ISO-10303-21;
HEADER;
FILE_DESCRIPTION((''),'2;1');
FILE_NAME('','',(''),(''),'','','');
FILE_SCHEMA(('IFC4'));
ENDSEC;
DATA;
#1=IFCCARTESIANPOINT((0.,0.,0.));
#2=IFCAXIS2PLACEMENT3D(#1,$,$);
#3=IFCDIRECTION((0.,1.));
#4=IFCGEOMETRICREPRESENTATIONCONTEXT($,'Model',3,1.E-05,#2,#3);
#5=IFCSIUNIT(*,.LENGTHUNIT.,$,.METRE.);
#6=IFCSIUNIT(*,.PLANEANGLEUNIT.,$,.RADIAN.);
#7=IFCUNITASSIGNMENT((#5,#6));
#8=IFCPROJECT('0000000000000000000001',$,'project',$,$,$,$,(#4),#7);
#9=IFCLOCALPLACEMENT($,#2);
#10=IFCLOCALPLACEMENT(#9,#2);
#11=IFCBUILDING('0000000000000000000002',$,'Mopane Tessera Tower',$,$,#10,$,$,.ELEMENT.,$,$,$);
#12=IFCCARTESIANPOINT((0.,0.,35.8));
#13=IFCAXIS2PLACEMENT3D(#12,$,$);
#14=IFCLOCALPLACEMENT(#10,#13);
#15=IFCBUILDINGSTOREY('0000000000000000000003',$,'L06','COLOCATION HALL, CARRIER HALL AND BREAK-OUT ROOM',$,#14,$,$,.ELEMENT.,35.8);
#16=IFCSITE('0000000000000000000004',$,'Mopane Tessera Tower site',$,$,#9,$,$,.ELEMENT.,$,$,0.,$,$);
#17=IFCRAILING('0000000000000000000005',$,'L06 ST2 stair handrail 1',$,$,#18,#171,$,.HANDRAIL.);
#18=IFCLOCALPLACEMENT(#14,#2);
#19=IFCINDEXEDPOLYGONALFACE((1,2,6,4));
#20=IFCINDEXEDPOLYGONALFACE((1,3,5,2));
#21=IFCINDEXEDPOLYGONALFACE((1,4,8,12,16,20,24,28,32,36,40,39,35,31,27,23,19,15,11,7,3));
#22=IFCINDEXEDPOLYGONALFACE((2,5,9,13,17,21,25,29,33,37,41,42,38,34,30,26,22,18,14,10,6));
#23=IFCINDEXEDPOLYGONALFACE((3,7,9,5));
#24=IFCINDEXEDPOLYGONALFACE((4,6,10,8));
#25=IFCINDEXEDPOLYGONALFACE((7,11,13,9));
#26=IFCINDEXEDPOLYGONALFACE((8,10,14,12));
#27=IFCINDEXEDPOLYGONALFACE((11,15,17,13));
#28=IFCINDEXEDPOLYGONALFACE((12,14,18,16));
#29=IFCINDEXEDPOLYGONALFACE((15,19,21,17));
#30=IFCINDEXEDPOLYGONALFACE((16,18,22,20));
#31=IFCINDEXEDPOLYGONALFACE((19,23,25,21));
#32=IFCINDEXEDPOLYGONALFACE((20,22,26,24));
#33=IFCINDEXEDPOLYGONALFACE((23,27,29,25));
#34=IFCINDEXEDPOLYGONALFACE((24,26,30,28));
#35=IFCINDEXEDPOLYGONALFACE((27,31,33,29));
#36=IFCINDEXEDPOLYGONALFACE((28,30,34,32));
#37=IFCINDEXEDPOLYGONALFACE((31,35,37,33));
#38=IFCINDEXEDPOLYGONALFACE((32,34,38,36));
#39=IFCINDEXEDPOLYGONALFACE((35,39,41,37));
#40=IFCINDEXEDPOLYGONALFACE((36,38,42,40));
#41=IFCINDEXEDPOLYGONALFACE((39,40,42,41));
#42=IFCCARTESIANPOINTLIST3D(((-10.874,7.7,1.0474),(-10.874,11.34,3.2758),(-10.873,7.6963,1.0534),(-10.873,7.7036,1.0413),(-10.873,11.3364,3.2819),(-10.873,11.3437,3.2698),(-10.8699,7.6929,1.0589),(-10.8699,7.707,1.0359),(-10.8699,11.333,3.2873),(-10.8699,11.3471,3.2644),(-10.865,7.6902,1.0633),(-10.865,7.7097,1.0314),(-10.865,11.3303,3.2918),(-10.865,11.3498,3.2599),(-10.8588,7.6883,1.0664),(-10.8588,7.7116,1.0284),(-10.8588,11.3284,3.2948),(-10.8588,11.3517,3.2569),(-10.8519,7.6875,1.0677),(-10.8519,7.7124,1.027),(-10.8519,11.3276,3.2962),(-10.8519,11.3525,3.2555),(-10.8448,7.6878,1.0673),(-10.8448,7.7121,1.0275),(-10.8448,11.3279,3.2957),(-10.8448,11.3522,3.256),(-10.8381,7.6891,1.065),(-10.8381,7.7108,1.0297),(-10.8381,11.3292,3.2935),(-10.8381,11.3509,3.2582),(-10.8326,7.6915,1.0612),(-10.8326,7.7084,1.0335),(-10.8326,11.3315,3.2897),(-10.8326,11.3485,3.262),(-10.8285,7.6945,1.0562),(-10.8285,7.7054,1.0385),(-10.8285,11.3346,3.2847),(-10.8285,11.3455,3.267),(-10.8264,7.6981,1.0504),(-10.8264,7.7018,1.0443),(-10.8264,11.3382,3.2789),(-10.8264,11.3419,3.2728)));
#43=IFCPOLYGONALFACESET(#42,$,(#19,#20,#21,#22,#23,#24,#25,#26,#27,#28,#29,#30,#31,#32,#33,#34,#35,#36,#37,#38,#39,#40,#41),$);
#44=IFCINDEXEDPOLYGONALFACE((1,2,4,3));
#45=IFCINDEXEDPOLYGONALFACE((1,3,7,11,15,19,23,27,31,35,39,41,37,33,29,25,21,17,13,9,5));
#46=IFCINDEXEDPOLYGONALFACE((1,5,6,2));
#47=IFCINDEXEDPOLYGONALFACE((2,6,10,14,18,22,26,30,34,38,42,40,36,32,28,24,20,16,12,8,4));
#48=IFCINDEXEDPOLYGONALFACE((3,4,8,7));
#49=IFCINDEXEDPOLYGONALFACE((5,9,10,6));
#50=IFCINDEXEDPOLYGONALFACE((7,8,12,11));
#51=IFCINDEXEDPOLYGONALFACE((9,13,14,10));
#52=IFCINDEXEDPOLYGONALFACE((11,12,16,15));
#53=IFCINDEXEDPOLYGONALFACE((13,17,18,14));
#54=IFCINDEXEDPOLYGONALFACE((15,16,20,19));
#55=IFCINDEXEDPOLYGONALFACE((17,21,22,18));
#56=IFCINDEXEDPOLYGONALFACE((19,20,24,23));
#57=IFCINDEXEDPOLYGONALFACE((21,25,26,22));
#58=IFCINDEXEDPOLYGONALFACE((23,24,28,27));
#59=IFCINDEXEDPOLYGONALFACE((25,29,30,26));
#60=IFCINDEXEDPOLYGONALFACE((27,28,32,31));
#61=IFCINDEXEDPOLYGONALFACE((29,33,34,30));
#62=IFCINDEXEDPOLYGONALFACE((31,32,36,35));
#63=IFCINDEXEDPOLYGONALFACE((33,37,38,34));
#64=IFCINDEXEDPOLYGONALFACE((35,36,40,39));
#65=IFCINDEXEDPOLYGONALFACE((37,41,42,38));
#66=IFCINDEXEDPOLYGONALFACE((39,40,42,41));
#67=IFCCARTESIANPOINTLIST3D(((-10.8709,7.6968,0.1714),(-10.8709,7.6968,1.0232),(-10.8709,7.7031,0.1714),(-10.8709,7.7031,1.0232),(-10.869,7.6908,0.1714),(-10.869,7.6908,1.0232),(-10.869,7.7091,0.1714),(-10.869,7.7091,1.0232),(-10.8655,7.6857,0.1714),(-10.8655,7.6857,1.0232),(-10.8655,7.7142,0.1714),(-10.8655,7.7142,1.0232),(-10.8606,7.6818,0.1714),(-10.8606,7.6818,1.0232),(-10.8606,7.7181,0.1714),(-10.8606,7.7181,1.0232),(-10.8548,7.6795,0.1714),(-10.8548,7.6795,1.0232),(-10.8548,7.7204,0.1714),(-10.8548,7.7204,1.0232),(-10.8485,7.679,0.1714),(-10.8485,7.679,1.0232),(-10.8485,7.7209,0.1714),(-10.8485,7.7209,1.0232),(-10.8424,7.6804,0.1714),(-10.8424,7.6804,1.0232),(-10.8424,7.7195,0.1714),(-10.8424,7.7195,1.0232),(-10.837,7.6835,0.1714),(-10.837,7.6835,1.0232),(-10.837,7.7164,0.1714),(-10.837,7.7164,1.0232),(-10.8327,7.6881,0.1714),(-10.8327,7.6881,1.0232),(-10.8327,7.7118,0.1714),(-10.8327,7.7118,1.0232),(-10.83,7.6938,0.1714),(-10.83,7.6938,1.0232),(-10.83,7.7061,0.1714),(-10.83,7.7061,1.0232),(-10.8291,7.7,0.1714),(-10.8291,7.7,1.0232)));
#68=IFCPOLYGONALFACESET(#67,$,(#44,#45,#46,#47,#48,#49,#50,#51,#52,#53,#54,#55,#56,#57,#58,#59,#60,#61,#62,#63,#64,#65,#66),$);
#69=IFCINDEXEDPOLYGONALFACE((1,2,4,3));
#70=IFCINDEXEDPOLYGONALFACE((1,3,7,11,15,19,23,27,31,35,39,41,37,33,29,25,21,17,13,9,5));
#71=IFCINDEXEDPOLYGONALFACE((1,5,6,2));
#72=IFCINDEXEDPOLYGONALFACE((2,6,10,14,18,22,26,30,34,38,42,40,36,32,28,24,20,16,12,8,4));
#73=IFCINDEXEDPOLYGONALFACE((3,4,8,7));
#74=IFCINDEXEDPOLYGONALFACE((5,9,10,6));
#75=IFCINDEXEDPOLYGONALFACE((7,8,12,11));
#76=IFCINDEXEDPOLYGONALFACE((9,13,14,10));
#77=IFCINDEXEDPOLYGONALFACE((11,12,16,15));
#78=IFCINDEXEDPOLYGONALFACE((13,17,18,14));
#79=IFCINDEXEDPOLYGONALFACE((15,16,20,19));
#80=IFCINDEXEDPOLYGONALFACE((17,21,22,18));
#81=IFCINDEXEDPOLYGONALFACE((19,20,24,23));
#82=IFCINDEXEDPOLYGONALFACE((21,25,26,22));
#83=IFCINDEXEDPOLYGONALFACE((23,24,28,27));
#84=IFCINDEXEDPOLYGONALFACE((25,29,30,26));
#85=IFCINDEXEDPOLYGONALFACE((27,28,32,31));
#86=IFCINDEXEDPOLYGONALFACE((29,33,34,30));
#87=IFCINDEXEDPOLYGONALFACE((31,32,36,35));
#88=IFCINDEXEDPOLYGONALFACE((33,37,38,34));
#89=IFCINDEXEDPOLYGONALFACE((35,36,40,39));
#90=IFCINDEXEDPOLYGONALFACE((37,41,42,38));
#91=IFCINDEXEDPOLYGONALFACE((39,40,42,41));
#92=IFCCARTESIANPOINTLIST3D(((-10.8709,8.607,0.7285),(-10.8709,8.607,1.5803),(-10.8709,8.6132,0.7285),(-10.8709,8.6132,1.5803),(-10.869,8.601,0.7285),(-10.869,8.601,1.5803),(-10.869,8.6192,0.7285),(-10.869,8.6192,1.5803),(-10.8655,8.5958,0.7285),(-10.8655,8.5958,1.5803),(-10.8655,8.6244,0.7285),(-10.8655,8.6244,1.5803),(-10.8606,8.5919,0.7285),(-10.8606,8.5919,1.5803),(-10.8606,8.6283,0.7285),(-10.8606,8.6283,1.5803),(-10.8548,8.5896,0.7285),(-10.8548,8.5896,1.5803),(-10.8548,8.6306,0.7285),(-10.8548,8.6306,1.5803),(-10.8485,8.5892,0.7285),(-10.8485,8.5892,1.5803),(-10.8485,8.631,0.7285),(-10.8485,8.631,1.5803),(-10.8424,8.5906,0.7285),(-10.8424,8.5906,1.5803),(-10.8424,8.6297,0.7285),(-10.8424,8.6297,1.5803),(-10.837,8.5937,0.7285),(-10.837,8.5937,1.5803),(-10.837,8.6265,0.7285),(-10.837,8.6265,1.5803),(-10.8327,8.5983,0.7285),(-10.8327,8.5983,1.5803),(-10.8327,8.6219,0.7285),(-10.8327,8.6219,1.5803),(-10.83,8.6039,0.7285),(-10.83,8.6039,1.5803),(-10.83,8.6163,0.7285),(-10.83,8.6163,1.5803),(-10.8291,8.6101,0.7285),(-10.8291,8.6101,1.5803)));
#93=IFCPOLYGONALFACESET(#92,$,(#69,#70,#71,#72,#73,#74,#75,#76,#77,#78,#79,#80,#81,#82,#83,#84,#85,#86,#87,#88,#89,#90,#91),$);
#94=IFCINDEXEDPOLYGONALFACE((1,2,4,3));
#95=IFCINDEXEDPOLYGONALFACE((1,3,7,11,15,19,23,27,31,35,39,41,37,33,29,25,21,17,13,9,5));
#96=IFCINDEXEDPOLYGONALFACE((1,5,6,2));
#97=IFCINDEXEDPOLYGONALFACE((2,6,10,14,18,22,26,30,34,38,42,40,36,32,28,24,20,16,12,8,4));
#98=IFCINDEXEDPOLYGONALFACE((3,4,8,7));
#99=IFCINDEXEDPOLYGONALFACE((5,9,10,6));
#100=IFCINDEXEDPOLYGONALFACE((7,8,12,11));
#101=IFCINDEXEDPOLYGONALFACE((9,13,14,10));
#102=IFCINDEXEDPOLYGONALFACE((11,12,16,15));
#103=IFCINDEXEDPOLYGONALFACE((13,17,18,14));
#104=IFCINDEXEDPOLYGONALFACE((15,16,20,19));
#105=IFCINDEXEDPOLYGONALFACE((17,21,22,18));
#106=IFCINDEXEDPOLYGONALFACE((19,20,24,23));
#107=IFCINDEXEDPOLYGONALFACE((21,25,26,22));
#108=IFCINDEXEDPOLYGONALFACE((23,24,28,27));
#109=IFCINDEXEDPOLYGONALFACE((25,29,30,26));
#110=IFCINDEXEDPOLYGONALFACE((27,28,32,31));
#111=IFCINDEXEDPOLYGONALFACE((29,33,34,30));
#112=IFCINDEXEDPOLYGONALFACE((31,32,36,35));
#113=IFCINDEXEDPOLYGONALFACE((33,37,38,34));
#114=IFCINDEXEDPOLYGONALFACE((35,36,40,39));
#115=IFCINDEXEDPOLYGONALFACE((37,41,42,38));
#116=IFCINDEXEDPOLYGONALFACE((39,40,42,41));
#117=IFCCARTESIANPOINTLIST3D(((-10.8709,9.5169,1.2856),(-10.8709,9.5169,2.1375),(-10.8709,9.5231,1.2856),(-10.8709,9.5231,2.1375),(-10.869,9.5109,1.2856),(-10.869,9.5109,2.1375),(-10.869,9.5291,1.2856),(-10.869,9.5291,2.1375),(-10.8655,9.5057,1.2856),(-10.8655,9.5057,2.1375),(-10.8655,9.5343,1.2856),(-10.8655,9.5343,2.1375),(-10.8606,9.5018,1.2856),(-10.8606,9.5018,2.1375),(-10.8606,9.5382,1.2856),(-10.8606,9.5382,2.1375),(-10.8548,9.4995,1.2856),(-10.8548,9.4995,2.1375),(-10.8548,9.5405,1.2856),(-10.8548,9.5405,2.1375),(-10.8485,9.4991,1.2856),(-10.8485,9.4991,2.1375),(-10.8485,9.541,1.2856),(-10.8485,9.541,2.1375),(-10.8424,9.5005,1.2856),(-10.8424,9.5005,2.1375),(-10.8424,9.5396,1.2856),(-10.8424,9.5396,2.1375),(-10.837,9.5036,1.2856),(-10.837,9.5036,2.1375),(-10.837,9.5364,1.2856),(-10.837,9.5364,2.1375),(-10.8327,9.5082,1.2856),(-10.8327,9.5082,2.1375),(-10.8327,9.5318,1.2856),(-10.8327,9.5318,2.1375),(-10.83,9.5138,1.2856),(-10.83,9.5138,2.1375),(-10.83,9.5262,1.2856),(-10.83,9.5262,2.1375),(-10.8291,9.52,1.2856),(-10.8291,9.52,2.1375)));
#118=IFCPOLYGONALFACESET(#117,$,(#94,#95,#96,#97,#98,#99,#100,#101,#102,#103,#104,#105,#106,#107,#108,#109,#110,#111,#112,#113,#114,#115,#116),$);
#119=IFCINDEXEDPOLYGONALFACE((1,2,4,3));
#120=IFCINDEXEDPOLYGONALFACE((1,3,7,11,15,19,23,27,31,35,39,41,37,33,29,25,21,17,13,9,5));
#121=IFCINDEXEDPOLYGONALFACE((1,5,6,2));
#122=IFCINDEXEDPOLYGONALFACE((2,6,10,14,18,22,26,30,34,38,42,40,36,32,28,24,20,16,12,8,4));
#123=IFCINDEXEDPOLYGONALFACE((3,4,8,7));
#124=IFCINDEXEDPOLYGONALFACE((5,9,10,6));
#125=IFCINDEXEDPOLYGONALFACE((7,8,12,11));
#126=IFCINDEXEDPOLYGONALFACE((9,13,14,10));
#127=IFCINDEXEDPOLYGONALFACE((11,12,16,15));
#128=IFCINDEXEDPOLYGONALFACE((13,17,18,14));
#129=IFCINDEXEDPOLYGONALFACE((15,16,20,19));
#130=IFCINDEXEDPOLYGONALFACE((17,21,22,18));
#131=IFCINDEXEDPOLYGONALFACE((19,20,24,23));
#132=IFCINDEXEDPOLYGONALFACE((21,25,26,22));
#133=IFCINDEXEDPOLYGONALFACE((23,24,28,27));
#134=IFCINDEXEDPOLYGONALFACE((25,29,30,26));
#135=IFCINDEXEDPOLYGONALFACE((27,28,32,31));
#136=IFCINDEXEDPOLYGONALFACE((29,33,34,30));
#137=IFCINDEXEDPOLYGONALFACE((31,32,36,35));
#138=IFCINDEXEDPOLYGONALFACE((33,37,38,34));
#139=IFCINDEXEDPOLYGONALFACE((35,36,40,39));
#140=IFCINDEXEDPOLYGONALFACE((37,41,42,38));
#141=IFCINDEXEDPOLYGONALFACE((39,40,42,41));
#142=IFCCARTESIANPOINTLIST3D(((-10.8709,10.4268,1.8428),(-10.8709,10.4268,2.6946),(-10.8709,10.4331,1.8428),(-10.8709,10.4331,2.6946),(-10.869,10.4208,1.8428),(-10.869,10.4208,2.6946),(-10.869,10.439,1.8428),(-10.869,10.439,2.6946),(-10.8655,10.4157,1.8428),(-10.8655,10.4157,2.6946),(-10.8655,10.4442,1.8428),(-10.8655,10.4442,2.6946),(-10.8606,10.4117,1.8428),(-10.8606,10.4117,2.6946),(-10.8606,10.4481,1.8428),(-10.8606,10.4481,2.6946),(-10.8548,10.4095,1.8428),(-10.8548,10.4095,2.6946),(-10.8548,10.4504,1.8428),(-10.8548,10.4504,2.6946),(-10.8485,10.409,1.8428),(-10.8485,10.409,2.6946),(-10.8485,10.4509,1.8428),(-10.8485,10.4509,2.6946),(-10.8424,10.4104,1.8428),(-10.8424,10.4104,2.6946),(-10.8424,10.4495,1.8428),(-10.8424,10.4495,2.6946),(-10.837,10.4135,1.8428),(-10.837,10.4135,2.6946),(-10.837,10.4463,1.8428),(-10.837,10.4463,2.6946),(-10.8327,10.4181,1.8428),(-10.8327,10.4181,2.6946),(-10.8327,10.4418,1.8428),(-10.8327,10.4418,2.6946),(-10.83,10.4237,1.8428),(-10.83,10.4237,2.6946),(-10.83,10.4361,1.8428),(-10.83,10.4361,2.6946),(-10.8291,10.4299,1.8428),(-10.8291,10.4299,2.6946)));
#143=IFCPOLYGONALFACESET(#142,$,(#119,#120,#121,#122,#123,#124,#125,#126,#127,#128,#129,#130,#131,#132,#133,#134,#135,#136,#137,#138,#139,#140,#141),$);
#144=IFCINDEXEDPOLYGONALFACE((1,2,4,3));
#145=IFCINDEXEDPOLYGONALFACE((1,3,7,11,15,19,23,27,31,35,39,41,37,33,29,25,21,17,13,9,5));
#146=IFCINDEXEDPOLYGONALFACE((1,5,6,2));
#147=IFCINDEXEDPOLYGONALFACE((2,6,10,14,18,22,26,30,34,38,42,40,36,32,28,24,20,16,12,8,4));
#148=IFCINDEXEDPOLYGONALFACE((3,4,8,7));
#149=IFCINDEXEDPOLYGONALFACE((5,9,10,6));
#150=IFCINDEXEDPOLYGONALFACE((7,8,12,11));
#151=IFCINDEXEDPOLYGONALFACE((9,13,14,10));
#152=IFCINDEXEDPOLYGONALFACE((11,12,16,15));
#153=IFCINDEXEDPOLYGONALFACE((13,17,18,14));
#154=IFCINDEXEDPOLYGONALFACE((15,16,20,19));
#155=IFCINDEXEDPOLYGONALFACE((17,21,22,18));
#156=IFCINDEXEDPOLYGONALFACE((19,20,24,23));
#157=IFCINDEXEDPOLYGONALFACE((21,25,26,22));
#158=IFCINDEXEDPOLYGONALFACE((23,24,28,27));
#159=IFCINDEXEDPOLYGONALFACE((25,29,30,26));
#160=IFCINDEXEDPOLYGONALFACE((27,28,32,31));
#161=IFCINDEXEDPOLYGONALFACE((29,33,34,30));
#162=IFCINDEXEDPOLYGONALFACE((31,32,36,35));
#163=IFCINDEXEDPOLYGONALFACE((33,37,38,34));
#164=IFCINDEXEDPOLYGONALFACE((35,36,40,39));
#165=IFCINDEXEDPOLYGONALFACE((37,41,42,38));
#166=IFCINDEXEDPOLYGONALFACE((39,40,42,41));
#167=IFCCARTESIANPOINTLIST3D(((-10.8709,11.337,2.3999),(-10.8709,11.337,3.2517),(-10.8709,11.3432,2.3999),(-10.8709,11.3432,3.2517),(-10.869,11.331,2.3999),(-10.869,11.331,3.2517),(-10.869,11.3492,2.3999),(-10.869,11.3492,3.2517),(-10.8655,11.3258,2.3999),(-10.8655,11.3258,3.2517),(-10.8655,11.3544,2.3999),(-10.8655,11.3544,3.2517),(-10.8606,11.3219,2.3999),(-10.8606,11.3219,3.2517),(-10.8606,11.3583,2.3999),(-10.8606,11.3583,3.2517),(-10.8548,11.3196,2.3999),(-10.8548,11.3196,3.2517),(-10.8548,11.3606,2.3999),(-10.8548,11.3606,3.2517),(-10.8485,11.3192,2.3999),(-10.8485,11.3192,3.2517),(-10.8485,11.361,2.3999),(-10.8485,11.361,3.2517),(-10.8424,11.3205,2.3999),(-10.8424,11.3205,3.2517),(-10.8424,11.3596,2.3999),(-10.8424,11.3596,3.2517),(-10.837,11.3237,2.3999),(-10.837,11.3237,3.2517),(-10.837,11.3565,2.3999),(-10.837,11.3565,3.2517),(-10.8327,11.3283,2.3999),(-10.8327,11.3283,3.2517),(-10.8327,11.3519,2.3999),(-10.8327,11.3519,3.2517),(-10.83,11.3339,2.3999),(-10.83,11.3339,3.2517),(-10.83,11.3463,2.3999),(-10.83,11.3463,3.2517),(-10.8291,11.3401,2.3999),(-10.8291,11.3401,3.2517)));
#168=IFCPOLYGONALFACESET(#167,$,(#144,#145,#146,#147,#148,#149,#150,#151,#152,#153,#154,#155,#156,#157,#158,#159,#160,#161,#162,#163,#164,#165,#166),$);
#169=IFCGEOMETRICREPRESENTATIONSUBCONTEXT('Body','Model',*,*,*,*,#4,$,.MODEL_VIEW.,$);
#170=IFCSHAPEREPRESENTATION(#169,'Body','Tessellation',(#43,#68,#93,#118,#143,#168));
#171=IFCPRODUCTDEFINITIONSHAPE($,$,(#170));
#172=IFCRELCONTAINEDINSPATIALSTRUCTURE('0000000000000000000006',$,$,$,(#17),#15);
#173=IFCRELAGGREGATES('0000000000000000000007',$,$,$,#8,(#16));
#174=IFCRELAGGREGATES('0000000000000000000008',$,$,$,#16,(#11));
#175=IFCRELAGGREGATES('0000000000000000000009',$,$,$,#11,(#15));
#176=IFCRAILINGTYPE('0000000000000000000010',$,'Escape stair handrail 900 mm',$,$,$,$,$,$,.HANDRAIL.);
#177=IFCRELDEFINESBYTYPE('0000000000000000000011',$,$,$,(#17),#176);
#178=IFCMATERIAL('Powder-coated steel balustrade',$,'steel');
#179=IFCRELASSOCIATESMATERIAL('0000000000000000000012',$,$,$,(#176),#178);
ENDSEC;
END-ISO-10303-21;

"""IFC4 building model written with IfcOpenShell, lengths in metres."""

from ifc_helpers import new_model, si_unit, direction, frame, origin, origin_2d, place, context, subcontext, project, spatial, circle, extrude, material, type_object, element, save


model = new_model("IFC4")

# Units and contexts
model_context = context("Model", 3, precision=1e-05, world=origin(), true_north=direction((0.0, 1.0)))
body_context = subcontext(model_context, "Body", "Model", "MODEL_VIEW")
ifc_project = project(units=[si_unit("LENGTHUNIT", "METRE"), si_unit("PLANEANGLEUNIT", "RADIAN")], contexts=[model_context])

# Site, building, storey
site_placement = place(None, origin())
site = spatial("IfcSite", under=ifc_project, at=site_placement, Name="Mopane Tessera Tower site", CompositionType="ELEMENT", RefElevation=0.0)
building_placement = place(site_placement, origin())
building = spatial("IfcBuilding", under=site, at=building_placement, Name="Mopane Tessera Tower", CompositionType="ELEMENT")
storey_placement = place(building_placement, frame((0.0, 0.0, 35.8)))
storey = spatial("IfcBuildingStorey", under=building, at=storey_placement, Name="L06", Description="COLOCATION HALL, CARRIER HALL AND BREAK-OUT ROOM", CompositionType="ELEMENT", Elevation=35.8)

# Railing
ifc_material_1 = material(Name="Powder-coated steel balustrade", Category="steel")
railing_type_1 = type_object("IfcRailingType", Name="Escape stair handrail 900 mm", PredefinedType="HANDRAIL", material=ifc_material_1)
railing_1_placement = place(storey_placement, frame((-10.8501, 7.7, 0.1714)))
element("IfcRailing", 1, at=railing_1_placement, inside=storey, type_object=railing_type_1, Name="L06 ST2 stair handrail 1", PredefinedType="HANDRAIL", context=body_context, shape_type="SweptSolid", body=[
    extrude(circle(Radius=0.0239, at=origin_2d()), frame((0.0, 0.0, 0.876), z_axis=(0.0, 0.852866, 0.52213), x_axis=(-1.0, 0.0, 0.0)), (0.0, 0.0, 1.0), 4.2681),
    extrude(circle(Radius=0.021, at=origin_2d()), origin(), (0.0, 0.0, 1.0), 0.8518),
    extrude(circle(Radius=0.021, at=origin_2d()), frame((0.0, 0.9102, 0.5571)), (0.0, 0.0, 1.0), 0.8518),
    extrude(circle(Radius=0.021, at=origin_2d()), frame((0.0, 1.8201, 1.1143)), (0.0, 0.0, 1.0), 0.8518),
    extrude(circle(Radius=0.021, at=origin_2d()), frame((0.0, 2.73, 1.6714)), (0.0, 0.0, 1.0), 0.8518),
    extrude(circle(Radius=0.021, at=origin_2d()), frame((0.0, 3.6401, 2.2285)), (0.0, 0.0, 1.0), 0.8518),
])

save(model, "model.ifc")
